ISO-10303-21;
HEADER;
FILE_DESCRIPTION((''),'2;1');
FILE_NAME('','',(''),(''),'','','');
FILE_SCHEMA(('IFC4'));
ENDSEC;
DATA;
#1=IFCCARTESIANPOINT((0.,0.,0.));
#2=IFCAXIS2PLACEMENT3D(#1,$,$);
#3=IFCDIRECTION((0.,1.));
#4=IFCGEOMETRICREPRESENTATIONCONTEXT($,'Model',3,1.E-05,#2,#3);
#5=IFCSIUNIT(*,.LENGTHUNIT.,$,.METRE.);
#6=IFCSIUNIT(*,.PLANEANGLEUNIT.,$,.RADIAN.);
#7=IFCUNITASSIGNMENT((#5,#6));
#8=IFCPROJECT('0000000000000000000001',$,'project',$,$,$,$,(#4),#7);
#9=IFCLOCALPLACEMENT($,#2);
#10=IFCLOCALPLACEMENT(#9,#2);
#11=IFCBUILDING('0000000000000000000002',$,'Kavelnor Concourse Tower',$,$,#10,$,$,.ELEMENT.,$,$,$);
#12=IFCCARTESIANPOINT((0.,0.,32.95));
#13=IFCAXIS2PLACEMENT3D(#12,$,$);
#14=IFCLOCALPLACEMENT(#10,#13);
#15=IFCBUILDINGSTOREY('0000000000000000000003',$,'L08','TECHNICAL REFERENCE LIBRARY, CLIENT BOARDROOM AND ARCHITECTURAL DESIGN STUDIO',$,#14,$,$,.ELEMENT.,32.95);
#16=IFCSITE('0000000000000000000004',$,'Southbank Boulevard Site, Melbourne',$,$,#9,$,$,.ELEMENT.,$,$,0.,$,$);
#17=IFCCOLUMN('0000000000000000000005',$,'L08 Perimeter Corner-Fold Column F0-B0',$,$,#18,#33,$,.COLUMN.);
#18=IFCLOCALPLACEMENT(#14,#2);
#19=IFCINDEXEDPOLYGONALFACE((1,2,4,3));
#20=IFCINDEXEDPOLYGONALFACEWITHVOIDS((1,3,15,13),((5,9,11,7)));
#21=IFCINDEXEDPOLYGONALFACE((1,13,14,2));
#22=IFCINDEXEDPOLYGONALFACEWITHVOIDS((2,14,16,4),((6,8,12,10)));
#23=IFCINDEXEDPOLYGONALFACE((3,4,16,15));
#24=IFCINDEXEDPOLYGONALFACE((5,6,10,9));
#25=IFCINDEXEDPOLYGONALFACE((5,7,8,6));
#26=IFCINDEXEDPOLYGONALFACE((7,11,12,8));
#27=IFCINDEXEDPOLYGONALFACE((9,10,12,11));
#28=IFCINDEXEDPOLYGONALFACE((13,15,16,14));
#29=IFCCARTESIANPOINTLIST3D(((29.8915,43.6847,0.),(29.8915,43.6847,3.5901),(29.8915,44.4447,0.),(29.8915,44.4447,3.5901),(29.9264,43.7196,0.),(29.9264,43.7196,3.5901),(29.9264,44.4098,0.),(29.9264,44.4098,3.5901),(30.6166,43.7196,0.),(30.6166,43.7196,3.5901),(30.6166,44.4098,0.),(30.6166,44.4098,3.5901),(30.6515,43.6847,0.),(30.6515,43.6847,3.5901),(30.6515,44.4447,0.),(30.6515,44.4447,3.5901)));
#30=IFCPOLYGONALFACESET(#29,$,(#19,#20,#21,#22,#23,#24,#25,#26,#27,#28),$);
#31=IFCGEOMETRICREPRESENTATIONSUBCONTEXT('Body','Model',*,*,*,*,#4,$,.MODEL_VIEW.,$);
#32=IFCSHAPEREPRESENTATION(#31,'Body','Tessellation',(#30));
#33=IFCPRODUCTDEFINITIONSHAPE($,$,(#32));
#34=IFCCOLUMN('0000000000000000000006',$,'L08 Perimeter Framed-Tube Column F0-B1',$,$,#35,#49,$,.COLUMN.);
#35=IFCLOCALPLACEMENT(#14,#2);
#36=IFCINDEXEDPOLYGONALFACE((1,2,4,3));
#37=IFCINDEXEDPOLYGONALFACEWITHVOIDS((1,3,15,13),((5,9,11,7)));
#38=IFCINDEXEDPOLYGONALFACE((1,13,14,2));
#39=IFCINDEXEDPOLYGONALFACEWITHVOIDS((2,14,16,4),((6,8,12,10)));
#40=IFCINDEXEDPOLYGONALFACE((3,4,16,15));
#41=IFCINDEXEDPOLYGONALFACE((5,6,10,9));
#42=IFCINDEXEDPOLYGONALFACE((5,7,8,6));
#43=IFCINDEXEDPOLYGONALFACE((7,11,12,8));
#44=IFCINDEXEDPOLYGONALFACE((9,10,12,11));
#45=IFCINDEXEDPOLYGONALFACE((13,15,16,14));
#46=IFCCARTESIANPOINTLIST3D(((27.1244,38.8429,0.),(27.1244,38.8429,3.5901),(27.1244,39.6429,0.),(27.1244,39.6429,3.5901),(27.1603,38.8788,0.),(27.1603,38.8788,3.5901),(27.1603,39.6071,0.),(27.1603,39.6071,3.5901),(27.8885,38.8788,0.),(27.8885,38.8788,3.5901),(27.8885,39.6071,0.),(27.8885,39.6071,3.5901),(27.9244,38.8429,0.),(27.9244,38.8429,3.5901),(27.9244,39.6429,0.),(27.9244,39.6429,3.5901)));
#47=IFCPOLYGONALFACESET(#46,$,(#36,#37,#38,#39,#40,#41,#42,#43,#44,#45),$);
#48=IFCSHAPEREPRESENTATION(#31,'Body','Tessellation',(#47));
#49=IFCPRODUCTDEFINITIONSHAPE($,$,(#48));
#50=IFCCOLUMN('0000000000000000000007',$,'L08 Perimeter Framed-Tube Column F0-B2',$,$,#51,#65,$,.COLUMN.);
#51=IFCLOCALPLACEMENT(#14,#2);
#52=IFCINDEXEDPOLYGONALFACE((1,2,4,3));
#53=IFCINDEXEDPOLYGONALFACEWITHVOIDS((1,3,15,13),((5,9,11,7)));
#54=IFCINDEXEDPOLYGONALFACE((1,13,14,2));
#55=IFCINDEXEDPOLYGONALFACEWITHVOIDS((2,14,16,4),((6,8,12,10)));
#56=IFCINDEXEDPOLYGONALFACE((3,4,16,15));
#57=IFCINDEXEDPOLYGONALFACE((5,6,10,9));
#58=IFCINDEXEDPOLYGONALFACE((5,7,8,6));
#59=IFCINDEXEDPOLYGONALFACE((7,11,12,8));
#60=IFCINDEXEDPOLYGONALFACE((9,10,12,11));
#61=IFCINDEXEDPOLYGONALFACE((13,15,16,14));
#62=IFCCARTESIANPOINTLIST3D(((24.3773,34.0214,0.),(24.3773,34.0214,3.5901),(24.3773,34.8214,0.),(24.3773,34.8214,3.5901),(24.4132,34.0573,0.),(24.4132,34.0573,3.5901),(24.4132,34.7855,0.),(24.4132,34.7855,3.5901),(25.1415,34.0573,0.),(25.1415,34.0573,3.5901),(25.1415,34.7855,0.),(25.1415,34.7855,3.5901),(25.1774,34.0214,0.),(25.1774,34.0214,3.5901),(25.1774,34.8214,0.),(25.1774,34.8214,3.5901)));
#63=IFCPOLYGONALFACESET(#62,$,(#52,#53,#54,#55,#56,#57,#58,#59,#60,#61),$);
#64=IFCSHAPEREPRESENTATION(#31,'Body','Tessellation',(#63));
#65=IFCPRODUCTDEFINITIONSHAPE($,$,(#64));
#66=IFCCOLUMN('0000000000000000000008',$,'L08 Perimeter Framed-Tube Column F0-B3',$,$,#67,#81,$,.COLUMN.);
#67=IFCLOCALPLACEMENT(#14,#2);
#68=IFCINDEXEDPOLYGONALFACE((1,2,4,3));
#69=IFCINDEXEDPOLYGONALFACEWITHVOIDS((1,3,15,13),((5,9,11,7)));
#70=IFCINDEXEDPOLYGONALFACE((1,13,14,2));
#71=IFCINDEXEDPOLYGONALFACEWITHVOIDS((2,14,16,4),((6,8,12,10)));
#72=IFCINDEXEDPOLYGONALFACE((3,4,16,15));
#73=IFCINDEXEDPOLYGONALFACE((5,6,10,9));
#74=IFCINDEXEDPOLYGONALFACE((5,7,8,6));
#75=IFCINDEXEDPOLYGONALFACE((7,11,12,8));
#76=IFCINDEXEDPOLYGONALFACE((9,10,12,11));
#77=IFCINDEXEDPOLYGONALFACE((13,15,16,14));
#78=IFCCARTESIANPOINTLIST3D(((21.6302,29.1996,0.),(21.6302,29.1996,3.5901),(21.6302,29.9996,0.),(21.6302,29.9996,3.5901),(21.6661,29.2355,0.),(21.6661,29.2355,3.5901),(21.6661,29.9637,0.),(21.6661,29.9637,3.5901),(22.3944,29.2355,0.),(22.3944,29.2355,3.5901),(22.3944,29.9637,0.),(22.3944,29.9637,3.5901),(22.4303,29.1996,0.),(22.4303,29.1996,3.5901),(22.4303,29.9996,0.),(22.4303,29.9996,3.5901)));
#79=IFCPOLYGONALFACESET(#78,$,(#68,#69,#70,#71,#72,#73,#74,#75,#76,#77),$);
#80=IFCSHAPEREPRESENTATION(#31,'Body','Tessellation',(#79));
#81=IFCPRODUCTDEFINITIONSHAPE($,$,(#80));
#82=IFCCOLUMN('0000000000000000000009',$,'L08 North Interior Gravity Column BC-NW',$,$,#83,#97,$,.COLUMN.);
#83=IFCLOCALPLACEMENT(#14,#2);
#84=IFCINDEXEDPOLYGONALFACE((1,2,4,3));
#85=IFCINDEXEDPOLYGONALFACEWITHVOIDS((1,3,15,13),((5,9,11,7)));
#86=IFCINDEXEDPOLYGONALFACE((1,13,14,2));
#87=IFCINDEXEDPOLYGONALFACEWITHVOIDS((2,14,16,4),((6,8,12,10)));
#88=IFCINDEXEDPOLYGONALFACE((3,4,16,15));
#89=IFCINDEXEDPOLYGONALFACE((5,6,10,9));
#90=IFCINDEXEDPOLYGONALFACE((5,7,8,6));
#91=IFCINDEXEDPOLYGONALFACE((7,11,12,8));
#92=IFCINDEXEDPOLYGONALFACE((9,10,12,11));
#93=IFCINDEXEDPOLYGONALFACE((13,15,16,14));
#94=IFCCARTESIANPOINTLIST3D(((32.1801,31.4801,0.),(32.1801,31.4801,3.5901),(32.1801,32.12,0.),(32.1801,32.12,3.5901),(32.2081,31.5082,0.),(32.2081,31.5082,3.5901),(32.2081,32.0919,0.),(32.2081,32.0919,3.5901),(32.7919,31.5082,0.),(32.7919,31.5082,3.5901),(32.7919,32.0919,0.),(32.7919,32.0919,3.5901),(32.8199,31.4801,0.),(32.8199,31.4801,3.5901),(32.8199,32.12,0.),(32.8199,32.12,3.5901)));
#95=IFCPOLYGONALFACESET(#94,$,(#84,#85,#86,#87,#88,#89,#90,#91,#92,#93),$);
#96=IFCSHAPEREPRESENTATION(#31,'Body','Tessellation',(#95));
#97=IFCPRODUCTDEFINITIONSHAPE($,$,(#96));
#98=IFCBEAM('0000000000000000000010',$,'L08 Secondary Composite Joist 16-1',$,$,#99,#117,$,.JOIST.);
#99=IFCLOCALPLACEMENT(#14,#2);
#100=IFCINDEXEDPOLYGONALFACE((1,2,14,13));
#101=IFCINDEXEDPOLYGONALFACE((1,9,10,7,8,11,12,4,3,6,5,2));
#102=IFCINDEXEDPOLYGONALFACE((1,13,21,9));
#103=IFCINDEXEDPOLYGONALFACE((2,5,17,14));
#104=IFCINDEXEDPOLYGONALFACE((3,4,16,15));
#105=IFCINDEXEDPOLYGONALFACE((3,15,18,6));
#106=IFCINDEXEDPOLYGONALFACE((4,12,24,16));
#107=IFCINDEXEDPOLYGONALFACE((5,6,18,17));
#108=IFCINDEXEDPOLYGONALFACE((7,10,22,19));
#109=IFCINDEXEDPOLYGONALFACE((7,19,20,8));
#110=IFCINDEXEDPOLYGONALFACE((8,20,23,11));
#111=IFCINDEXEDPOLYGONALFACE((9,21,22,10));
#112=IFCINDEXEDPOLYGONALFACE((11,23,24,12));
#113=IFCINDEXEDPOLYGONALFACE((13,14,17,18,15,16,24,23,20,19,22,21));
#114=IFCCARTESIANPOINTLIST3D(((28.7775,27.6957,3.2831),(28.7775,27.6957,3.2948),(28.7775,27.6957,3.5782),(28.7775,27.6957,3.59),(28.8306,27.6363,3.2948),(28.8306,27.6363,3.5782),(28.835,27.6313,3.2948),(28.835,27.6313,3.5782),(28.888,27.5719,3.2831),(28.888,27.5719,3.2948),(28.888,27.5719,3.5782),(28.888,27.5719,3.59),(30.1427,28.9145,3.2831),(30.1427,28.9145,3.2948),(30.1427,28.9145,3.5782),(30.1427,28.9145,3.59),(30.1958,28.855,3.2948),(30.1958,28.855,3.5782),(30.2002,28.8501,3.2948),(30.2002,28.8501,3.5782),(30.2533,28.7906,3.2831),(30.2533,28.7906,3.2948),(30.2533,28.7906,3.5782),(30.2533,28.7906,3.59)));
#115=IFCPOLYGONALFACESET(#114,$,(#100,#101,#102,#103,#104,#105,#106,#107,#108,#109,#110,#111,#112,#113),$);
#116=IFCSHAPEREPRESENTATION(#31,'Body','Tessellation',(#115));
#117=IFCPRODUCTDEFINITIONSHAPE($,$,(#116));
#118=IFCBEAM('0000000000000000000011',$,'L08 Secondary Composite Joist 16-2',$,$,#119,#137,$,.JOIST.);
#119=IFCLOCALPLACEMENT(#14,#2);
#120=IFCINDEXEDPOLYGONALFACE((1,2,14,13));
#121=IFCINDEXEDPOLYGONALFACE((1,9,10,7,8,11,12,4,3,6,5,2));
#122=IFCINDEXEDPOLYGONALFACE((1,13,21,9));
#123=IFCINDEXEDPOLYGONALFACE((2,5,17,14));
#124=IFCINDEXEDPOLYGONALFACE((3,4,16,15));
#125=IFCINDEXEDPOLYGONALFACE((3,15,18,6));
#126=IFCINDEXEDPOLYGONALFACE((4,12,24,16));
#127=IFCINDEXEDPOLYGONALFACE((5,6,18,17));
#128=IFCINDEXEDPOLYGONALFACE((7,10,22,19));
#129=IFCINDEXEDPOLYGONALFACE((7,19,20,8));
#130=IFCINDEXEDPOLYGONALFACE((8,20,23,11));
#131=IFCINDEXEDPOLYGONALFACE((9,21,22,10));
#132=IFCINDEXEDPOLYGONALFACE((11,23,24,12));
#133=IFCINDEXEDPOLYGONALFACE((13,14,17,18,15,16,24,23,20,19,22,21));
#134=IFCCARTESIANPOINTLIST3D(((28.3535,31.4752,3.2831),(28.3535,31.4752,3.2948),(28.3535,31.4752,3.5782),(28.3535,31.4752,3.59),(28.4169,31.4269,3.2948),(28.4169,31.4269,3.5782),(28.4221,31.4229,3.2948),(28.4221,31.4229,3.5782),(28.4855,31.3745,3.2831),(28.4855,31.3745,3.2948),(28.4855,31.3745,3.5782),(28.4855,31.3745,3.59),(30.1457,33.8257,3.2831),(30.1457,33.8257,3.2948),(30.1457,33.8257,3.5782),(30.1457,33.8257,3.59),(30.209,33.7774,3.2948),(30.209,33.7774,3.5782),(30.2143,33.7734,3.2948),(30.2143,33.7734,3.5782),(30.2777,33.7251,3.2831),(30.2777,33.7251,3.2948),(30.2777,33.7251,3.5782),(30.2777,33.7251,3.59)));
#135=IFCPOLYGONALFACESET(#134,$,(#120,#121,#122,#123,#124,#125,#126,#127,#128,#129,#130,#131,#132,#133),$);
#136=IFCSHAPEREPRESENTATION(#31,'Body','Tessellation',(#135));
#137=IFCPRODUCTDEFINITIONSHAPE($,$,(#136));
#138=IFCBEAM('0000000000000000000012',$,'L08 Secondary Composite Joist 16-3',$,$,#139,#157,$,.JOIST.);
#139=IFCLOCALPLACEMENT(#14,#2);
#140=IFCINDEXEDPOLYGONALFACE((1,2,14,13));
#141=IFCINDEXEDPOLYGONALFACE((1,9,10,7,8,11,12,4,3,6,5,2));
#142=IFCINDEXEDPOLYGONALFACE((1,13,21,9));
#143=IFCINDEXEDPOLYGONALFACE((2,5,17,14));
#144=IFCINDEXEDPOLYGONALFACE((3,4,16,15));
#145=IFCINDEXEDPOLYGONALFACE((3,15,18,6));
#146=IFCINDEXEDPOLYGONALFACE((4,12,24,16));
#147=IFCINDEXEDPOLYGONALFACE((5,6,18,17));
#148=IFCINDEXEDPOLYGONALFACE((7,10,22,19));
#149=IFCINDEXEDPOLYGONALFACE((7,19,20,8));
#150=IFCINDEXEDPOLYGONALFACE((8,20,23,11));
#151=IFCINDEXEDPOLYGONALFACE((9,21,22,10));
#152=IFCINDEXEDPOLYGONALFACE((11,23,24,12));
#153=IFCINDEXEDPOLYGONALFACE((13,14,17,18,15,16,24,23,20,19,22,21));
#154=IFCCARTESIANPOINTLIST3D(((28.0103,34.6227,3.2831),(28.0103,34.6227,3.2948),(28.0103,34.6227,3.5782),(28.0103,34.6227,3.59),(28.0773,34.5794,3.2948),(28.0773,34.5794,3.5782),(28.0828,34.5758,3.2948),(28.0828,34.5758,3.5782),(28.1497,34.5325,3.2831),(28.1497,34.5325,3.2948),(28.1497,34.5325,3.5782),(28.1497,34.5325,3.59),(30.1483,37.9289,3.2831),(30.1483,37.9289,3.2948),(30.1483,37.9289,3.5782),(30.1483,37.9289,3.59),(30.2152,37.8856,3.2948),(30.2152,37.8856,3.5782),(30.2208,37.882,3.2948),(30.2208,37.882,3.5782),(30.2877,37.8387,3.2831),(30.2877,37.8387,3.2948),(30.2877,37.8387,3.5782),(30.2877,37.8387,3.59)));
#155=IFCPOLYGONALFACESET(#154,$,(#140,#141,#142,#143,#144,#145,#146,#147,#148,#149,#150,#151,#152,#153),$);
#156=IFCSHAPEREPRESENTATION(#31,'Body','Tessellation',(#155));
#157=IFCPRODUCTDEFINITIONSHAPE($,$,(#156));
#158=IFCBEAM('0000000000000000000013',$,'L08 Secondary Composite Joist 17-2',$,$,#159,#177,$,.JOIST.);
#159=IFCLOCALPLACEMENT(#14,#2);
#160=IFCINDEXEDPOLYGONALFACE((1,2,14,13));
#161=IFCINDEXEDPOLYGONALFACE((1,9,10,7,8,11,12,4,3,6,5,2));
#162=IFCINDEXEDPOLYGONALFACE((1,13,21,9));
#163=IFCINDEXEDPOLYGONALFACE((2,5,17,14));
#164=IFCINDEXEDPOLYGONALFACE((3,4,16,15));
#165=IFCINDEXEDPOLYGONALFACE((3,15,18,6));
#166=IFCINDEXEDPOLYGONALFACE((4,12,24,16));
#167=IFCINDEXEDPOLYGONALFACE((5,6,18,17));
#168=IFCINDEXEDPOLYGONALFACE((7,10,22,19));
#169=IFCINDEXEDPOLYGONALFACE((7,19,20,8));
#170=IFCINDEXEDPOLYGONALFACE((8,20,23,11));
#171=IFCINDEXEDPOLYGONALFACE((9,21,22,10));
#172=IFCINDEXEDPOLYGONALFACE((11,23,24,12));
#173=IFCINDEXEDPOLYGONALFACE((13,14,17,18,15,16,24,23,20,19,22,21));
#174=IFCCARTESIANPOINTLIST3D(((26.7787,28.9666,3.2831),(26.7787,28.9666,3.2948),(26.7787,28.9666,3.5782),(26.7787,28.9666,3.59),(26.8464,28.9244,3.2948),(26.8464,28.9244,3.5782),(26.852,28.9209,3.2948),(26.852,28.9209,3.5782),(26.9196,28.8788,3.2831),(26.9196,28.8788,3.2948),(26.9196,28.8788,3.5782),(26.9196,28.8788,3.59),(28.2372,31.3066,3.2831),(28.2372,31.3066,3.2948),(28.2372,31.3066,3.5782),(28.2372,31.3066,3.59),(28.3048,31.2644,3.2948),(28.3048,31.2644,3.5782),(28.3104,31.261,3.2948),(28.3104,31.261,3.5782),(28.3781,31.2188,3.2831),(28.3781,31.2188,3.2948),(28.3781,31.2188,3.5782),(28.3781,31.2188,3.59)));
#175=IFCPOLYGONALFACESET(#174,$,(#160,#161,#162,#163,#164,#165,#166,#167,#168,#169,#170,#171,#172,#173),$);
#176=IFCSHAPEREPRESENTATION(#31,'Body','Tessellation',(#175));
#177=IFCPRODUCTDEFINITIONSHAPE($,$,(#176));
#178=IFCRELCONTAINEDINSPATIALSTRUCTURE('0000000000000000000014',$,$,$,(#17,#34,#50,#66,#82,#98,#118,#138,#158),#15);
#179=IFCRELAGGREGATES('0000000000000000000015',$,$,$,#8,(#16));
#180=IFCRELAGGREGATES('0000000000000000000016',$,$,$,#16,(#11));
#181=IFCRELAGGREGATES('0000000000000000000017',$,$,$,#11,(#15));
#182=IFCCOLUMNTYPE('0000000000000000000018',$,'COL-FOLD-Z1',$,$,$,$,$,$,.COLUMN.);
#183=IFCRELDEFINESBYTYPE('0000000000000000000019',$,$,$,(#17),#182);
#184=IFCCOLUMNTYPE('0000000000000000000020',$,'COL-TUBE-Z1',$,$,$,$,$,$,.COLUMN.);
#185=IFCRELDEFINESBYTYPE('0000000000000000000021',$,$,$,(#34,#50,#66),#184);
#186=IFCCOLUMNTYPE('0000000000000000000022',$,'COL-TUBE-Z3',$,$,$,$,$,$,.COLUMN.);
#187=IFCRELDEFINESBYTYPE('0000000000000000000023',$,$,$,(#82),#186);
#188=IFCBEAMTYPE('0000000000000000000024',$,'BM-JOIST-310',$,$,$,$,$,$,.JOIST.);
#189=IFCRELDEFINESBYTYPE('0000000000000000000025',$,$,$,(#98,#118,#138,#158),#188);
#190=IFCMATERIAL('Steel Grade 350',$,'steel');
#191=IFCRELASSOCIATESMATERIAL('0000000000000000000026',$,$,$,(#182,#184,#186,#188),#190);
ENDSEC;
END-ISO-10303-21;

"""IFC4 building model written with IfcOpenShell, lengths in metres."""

from ifc_helpers import new_model, si_unit, direction, frame, origin, origin_2d, place, context, subcontext, project, spatial, hollow_rectangle, i_section, extrude, material, material_profile, profile_set, type_object, element, save


model = new_model("IFC4")

# Units and contexts
model_context = context("Model", 3, precision=1e-05, world=origin(), true_north=direction((0.0, 1.0)))
body_context = subcontext(model_context, "Body", "Model", "MODEL_VIEW")
ifc_project = project(units=[si_unit("LENGTHUNIT", "METRE"), si_unit("PLANEANGLEUNIT", "RADIAN")], contexts=[model_context])

# Site, building, storey
site_placement = place(None, origin())
site = spatial("IfcSite", under=ifc_project, at=site_placement, Name="Southbank Boulevard Site, Melbourne", CompositionType="ELEMENT", RefElevation=0.0)
building_placement = place(site_placement, origin())
building = spatial("IfcBuilding", under=site, at=building_placement, Name="Kavelnor Concourse Tower", CompositionType="ELEMENT")
storey_placement = place(building_placement, frame((0.0, 0.0, 32.95)))
storey = spatial("IfcBuildingStorey", under=building, at=storey_placement, Name="L08", Description="TECHNICAL REFERENCE LIBRARY, CLIENT BOARDROOM AND ARCHITECTURAL DESIGN STUDIO", CompositionType="ELEMENT", Elevation=32.95)

# Columns
ifc_material_1 = material(Name="Steel Grade 350", Category="steel")
ifc_material_profile_1 = material_profile(ifc_material_1, hollow_rectangle(XDim=0.76, YDim=0.76, WallThickness=0.0349, at=origin_2d()), Name="SHS 760x760x35")
ifc_profile_set_1 = profile_set([ifc_material_profile_1], Name="Steel Grade 350")
column_type_1 = type_object("IfcColumnType", Name="COL-FOLD-Z1", PredefinedType="COLUMN", material=ifc_profile_set_1)
column_1_placement = place(storey_placement, frame((30.2715, 44.0647, 0.0), z_axis=(0.0, 0.0, 1.0), x_axis=(1.0, 0.0, 0.0)))
element("IfcColumn", 1, at=column_1_placement, inside=storey, type_object=column_type_1, Name="L08 Perimeter Corner-Fold Column F0-B0", PredefinedType="COLUMN", context=body_context, shape_type="SweptSolid", body=[
    extrude(hollow_rectangle(XDim=0.76, YDim=0.76, WallThickness=0.0349, at=origin_2d()), origin(), (0.0, 0.0, 1.0), 3.5901),
])
ifc_material_profile_2 = material_profile(ifc_material_1, hollow_rectangle(XDim=0.8, YDim=0.8, WallThickness=0.0359, at=origin_2d()), Name="SHS 800x800x36")
ifc_profile_set_2 = profile_set([ifc_material_profile_2], Name="Steel Grade 350")
column_type_2 = type_object("IfcColumnType", Name="COL-TUBE-Z1", PredefinedType="COLUMN", material=ifc_profile_set_2)
for number, where, z_axis, x_axis, name in (
    (2, (27.5244, 39.2429, 0.0), (0.0, 0.0, 1.0), (1.0, 0.0, 0.0), "L08 Perimeter Framed-Tube Column F0-B1"),
    (3, (24.7773, 34.4214, 0.0), (0.0, 0.0, 1.0), (1.0, 0.0, 0.0), "L08 Perimeter Framed-Tube Column F0-B2"),
    (4, (22.0303, 29.5996, 0.0), (0.0, 0.0, 1.0), (1.0, 0.0, 0.0), "L08 Perimeter Framed-Tube Column F0-B3"),
):
    element("IfcColumn", number, at=place(storey_placement, frame(where, z_axis=z_axis, x_axis=x_axis)), inside=storey, type_object=column_type_2, Name=name, PredefinedType="COLUMN", context=body_context, shape_type="SweptSolid", body=[
        extrude(hollow_rectangle(XDim=0.8, YDim=0.8, WallThickness=0.0359, at=origin_2d()), origin(), (0.0, 0.0, 1.0), 3.5901),
    ])
ifc_material_profile_3 = material_profile(ifc_material_1, hollow_rectangle(XDim=0.6399, YDim=0.6399, WallThickness=0.0281, at=origin_2d()), Name="SHS 640x640x28")
ifc_profile_set_3 = profile_set([ifc_material_profile_3], Name="Steel Grade 350")
column_type_3 = type_object("IfcColumnType", Name="COL-TUBE-Z3", PredefinedType="COLUMN", material=ifc_profile_set_3)
column_2_placement = place(storey_placement, frame((32.5, 31.8, 0.0), z_axis=(0.0, 0.0, 1.0), x_axis=(1.0, 0.0, 0.0)))
element("IfcColumn", 5, at=column_2_placement, inside=storey, type_object=column_type_3, Name="L08 North Interior Gravity Column BC-NW", PredefinedType="COLUMN", context=body_context, shape_type="SweptSolid", body=[
    extrude(hollow_rectangle(XDim=0.6399, YDim=0.6399, WallThickness=0.0281, at=origin_2d()), origin(), (0.0, 0.0, 1.0), 3.5901),
])

# Beams
ifc_material_profile_4 = material_profile(ifc_material_1, i_section(OverallWidth=0.166, OverallDepth=0.3069, WebThickness=0.0066, FlangeThickness=0.0117, at=origin_2d()), Name="310UB46")
ifc_profile_set_4 = profile_set([ifc_material_profile_4], Name="Steel Grade 350")
beam_type_1 = type_object("IfcBeamType", Name="BM-JOIST-310", PredefinedType="JOIST", material=ifc_profile_set_4)
beam_1_placement = place(storey_placement, frame((30.198, 28.8525, 3.4365), z_axis=(-0.745994, -0.665952, 0.0), x_axis=(0.665952, -0.745994, 0.0)))
element("IfcBeam", 6, at=beam_1_placement, inside=storey, type_object=beam_type_1, Name="L08 Secondary Composite Joist 16-1", PredefinedType="JOIST", context=body_context, shape_type="SweptSolid", body=[
    extrude(i_section(OverallWidth=0.166, OverallDepth=0.3069, WebThickness=0.0066, FlangeThickness=0.0117, at=origin_2d()), origin(), (0.0, 0.0, 1.0), 1.8301),
])
beam_2_placement = place(storey_placement, frame((30.2117, 33.7754, 3.4365), z_axis=(-0.606324, -0.795217, 0.0), x_axis=(0.795217, -0.606324, 0.0)))
element("IfcBeam", 7, at=beam_2_placement, inside=storey, type_object=beam_type_1, Name="L08 Secondary Composite Joist 16-2", PredefinedType="JOIST", context=body_context, shape_type="SweptSolid", body=[
    extrude(i_section(OverallWidth=0.166, OverallDepth=0.3069, WebThickness=0.0066, FlangeThickness=0.0117, at=origin_2d()), origin(), (0.0, 0.0, 1.0), 2.9558),
])
beam_3_placement = place(storey_placement, frame((30.218, 37.8838, 3.4365), z_axis=(-0.543012, -0.839725, 0.0), x_axis=(0.839725, -0.543012, 0.0)))
element("IfcBeam", 8, at=beam_3_placement, inside=storey, type_object=beam_type_1, Name="L08 Secondary Composite Joist 16-3", PredefinedType="JOIST", context=body_context, shape_type="SweptSolid", body=[
    extrude(i_section(OverallWidth=0.166, OverallDepth=0.3069, WebThickness=0.0066, FlangeThickness=0.0117, at=origin_2d()), origin(), (0.0, 0.0, 1.0), 3.9373),
])
beam_4_placement = place(storey_placement, frame((28.3076, 31.2627, 3.4365), z_axis=(-0.52894, -0.848659, 0.0), x_axis=(0.848659, -0.52894, 0.0)))
element("IfcBeam", 9, at=beam_4_placement, inside=storey, type_object=beam_type_1, Name="L08 Secondary Composite Joist 17-2", PredefinedType="JOIST", context=body_context, shape_type="SweptSolid", body=[
    extrude(i_section(OverallWidth=0.166, OverallDepth=0.3069, WebThickness=0.0066, FlangeThickness=0.0117, at=origin_2d()), origin(), (0.0, 0.0, 1.0), 2.7573),
])

save(model, "model.ifc")
